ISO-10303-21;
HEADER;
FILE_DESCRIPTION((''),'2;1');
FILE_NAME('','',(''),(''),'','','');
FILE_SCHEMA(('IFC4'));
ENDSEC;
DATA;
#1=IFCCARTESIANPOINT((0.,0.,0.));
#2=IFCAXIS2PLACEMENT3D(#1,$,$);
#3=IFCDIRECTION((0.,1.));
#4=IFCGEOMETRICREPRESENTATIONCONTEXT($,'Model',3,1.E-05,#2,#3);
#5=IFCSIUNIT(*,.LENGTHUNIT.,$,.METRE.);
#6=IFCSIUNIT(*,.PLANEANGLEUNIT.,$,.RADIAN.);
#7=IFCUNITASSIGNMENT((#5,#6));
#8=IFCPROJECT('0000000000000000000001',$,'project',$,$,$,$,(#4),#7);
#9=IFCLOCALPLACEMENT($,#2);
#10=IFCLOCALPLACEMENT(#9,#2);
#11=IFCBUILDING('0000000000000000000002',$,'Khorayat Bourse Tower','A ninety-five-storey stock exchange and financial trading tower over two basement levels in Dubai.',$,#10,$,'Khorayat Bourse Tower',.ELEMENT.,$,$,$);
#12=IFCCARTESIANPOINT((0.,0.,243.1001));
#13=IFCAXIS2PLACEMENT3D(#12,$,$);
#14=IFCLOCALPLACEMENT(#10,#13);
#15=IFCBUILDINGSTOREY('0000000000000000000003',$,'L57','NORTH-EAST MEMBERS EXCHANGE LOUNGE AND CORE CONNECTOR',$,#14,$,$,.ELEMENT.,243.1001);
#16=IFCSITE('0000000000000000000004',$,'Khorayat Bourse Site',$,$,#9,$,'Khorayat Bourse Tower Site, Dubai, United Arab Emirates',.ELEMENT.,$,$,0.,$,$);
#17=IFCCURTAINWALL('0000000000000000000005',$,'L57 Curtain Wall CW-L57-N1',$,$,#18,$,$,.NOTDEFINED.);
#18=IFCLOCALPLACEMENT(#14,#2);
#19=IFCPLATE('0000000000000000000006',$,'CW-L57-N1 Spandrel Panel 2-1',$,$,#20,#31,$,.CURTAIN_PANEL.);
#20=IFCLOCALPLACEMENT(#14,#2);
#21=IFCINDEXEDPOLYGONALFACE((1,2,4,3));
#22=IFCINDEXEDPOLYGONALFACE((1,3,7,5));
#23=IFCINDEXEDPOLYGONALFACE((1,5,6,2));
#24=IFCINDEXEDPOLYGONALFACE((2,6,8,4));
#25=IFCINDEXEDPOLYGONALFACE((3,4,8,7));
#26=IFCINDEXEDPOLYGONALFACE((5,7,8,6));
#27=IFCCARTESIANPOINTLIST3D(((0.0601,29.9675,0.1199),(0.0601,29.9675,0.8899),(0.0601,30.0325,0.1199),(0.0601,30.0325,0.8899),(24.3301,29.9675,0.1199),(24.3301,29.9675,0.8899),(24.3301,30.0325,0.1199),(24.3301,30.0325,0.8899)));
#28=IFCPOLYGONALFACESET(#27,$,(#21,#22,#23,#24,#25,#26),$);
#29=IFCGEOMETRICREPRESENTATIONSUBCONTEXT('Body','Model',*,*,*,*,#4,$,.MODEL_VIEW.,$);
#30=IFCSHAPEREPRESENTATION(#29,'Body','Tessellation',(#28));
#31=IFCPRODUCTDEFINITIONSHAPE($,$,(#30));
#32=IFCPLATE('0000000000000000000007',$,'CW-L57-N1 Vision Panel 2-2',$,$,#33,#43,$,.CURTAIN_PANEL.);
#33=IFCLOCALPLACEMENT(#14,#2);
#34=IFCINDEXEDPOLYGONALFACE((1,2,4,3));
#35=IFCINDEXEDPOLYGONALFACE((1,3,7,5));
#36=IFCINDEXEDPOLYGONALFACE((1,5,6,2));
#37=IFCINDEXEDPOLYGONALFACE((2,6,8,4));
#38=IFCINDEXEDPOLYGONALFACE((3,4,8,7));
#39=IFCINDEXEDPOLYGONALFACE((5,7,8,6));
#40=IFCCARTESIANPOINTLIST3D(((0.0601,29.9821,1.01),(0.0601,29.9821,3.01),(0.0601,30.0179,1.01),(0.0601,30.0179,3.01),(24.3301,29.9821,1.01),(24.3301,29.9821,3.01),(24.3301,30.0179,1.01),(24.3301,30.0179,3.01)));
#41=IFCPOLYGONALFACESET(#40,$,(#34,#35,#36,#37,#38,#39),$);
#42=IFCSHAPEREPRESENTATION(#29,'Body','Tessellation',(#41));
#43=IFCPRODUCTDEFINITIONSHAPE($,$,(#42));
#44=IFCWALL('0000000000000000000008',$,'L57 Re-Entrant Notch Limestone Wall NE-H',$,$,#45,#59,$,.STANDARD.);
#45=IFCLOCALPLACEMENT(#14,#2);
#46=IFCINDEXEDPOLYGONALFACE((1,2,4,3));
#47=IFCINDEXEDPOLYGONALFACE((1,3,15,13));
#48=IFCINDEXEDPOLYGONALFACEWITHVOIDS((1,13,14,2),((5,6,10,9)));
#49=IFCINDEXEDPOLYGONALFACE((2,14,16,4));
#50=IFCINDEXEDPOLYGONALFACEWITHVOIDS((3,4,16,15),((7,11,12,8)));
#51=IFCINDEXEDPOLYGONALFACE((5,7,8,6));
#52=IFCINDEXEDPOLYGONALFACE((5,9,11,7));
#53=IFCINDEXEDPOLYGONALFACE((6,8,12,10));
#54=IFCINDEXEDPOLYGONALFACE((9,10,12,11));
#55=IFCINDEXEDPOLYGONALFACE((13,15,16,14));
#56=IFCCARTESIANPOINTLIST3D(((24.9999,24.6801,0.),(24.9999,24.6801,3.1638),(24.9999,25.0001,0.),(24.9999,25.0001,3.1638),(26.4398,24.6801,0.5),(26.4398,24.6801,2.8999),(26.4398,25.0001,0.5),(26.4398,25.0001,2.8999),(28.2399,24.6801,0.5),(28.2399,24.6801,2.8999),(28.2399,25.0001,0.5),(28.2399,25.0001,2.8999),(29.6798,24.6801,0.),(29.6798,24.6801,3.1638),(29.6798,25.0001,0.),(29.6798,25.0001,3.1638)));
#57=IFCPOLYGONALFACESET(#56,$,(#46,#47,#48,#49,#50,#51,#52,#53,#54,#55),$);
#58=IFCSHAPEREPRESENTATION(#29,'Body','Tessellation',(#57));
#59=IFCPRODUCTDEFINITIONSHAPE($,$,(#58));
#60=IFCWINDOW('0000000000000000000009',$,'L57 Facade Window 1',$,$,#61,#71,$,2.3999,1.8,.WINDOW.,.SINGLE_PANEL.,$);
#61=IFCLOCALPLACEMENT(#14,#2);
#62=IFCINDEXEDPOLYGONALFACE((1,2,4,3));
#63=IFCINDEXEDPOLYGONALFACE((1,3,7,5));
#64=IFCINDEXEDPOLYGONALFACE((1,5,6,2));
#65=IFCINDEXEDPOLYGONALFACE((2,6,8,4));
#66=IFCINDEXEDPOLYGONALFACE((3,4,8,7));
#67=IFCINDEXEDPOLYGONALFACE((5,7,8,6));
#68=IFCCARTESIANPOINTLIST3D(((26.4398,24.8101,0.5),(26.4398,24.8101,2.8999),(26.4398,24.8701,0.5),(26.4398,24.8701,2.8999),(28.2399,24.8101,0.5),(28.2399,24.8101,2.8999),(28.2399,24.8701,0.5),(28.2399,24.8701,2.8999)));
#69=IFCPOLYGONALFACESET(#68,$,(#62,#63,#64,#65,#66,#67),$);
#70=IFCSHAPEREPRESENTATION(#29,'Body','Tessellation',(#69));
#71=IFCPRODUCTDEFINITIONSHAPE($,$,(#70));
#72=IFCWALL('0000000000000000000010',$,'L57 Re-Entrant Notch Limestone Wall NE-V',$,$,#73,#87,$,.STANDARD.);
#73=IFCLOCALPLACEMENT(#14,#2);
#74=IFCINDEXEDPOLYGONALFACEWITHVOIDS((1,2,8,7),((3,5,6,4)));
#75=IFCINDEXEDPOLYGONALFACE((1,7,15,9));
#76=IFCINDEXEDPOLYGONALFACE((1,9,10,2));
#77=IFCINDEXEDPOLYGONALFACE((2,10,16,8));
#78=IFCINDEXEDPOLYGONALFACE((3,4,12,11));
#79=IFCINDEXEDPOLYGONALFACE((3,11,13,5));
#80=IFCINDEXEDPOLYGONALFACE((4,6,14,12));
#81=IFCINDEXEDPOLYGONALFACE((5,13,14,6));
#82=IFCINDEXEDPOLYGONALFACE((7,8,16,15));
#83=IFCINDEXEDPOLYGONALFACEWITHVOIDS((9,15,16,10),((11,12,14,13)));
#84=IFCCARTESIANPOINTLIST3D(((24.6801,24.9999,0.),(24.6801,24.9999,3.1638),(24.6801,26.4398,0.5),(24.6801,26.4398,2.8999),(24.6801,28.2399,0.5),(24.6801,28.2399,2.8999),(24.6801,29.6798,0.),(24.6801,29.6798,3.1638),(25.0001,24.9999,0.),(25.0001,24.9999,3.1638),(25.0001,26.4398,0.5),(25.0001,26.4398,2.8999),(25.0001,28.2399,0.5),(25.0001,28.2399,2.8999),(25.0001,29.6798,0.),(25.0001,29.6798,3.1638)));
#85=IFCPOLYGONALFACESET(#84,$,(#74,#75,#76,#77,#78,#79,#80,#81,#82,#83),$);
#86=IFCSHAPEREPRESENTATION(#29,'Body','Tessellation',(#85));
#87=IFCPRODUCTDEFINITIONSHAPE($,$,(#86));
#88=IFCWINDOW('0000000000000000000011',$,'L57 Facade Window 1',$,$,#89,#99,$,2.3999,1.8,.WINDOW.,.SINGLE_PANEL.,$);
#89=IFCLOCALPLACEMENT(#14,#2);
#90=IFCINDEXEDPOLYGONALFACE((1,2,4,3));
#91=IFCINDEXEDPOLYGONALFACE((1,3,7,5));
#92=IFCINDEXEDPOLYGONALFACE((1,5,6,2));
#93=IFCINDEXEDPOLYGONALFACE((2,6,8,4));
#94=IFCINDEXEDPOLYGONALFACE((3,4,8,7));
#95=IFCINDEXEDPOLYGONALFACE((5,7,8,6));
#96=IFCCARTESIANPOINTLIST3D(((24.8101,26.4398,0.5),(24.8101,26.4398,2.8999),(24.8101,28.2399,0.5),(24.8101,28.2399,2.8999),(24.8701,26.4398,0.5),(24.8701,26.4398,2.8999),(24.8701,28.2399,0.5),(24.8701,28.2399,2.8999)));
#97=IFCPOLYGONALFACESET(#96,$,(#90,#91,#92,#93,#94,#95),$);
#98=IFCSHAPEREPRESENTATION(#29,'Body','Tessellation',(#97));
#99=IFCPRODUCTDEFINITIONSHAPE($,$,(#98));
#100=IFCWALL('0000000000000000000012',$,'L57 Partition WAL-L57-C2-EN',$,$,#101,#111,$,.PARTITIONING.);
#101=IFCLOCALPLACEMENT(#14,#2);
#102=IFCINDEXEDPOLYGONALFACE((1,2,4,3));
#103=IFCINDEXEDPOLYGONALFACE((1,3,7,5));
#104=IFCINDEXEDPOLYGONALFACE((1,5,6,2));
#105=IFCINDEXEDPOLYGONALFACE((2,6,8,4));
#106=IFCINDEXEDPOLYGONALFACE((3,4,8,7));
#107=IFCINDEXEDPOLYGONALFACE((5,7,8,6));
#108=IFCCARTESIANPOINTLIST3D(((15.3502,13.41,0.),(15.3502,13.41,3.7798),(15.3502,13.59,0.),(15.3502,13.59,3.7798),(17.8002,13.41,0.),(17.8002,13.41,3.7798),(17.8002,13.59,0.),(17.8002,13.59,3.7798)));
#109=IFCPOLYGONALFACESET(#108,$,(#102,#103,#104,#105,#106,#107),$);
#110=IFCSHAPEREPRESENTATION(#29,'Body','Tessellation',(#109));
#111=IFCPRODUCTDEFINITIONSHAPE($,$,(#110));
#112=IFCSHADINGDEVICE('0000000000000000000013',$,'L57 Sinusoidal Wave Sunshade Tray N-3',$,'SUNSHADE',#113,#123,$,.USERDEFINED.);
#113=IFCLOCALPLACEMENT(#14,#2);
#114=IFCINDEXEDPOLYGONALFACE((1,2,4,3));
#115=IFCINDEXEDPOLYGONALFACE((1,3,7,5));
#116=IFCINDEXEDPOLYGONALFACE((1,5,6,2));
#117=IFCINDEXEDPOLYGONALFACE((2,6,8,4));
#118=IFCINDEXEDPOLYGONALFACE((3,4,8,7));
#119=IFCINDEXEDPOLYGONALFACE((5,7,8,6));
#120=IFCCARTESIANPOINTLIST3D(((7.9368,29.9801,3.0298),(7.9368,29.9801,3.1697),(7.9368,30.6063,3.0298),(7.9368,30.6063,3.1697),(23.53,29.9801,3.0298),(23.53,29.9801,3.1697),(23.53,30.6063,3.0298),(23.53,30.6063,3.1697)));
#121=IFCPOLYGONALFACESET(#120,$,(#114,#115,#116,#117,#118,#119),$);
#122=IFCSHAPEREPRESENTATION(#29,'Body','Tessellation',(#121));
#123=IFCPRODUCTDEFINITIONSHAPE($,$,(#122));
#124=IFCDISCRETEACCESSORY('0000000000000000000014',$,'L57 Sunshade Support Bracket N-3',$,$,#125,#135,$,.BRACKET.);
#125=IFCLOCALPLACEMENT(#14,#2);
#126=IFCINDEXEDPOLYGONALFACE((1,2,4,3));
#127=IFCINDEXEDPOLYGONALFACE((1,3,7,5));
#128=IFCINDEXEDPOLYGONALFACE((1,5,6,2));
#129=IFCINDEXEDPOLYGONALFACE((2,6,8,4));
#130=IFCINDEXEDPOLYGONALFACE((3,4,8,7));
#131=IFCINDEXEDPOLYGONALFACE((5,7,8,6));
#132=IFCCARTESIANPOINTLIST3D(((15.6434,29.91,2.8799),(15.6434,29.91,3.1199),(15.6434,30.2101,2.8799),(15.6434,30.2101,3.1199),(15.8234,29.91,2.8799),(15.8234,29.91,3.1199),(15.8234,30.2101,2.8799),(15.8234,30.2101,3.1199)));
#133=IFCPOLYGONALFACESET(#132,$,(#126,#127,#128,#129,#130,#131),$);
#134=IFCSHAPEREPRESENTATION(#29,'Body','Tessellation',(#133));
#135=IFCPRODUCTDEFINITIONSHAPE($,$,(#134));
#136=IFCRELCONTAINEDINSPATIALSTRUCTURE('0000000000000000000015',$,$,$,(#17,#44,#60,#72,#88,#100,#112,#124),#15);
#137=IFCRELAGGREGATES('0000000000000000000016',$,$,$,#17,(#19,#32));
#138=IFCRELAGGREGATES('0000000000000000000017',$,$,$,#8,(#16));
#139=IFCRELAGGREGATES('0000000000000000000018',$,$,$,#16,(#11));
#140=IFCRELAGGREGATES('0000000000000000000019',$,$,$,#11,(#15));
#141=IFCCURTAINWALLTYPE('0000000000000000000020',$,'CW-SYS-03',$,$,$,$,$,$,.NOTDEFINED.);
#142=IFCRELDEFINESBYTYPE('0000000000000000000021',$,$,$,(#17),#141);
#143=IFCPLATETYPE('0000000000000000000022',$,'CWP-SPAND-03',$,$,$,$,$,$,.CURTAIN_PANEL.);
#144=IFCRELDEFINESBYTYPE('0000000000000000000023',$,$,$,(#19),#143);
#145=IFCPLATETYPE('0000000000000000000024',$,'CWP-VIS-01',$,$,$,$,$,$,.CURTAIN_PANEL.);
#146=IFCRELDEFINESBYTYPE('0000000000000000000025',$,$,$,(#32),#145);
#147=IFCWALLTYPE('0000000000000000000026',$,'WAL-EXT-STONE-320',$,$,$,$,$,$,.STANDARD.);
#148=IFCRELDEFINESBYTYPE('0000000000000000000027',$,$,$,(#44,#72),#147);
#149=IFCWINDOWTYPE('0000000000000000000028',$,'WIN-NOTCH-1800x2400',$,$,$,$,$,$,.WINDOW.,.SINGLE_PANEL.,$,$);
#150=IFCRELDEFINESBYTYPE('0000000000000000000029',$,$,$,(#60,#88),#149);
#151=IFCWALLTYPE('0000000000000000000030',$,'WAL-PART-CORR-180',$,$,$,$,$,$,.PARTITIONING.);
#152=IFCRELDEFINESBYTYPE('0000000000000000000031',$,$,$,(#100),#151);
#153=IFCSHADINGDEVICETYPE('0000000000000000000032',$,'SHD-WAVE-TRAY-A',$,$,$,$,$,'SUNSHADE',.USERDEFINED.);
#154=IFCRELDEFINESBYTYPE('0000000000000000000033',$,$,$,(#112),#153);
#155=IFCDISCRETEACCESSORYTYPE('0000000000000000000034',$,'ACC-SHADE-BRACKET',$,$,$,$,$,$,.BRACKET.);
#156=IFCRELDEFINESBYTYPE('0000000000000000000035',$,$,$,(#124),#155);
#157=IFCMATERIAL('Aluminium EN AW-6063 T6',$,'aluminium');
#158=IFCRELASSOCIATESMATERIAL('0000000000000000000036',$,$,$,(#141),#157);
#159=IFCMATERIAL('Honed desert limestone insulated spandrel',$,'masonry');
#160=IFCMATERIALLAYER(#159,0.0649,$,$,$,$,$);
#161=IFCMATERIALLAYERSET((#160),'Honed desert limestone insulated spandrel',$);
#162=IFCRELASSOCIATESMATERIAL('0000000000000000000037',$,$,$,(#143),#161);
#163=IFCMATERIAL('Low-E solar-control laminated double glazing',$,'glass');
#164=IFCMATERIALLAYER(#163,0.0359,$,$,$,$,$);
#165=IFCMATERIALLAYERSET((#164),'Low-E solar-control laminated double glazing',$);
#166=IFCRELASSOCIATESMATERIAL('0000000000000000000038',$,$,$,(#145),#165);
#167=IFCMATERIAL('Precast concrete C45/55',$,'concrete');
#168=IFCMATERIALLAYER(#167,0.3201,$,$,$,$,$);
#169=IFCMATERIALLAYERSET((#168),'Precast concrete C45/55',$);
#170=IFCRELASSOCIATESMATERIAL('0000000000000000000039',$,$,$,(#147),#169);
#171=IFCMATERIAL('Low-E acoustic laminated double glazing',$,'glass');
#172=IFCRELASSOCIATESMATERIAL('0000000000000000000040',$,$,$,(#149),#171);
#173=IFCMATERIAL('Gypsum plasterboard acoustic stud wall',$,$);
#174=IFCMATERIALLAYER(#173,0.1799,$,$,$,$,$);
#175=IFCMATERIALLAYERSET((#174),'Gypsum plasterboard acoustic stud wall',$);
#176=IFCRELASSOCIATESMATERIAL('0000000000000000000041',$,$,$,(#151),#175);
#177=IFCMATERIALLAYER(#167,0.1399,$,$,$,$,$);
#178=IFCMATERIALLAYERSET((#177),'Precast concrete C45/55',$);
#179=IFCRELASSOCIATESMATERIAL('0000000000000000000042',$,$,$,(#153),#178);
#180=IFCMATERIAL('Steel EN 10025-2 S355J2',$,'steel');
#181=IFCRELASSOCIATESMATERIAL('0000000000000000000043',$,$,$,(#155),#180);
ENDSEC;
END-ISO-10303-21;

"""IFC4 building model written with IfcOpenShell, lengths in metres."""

from ifc_helpers import new_model, si_unit, direction, frame, frame_2d, origin, origin_2d, place, context, subcontext, project, spatial, rectangle, extrude, source, transform, mapped, material, layer, layer_set, type_object, element, fill, aggregate, save


model = new_model("IFC4")

# Units and contexts
model_context = context("Model", 3, precision=1e-05, world=origin(), true_north=direction((0.0, 1.0)))
body_context = subcontext(model_context, "Body", "Model", "MODEL_VIEW")
ifc_project = project(units=[si_unit("LENGTHUNIT", "METRE"), si_unit("PLANEANGLEUNIT", "RADIAN")], contexts=[model_context])

# Site, building, storey
site_placement = place(None, origin())
site = spatial("IfcSite", under=ifc_project, at=site_placement, Name="Khorayat Bourse Site", LongName="Khorayat Bourse Tower Site, Dubai, United Arab Emirates", CompositionType="ELEMENT", RefElevation=0.0)
building_placement = place(site_placement, origin())
building = spatial("IfcBuilding", under=site, at=building_placement, Name="Khorayat Bourse Tower", Description="A ninety-five-storey stock exchange and financial trading tower over two basement levels in Dubai.", LongName="Khorayat Bourse Tower", CompositionType="ELEMENT")
storey_placement = place(building_placement, frame((0.0, 0.0, 243.1001)))
storey = spatial("IfcBuildingStorey", under=building, at=storey_placement, Name="L57", Description="NORTH-EAST MEMBERS EXCHANGE LOUNGE AND CORE CONNECTOR", CompositionType="ELEMENT", Elevation=243.1001)

# Curtain wall
ifc_material_1 = material(Name="Aluminium EN AW-6063 T6", Category="aluminium")
curtain_wall_type = type_object("IfcCurtainWallType", Name="CW-SYS-03", PredefinedType="NOTDEFINED", material=ifc_material_1)
curtain_wall_1_placement = place(storey_placement, origin())
curtain_wall_1 = element("IfcCurtainWall", 1, at=curtain_wall_1_placement, inside=storey, type_object=curtain_wall_type, Name="L57 Curtain Wall CW-L57-N1", PredefinedType="NOTDEFINED")

# Plates
ifc_material_2 = material(Name="Steel EN 10025-2 S355J2", Category="steel")
ifc_material_3 = material(Name="Honed desert limestone insulated spandrel", Category="masonry")
ifc_layer_1 = layer(ifc_material_3, 0.0649)
ifc_layer_set_1 = layer_set([ifc_layer_1], Name="Honed desert limestone insulated spandrel")
plate_type_1 = type_object("IfcPlateType", Name="CWP-SPAND-03", PredefinedType="CURTAIN_PANEL", material=ifc_layer_set_1)
shared_shape_1 = source(origin(), body_context, "Body", "SweptSolid", [
    extrude(rectangle(XDim=24.27, YDim=0.0649, at=origin_2d()), origin(), (0.0, 0.0, 1.0), 0.77),
])
plate_1_placement = place(storey_placement, frame((12.1951, 30.0, 0.1199), z_axis=(0.0, 0.0, 1.0), x_axis=(1.0, 0.0, 0.0)))
plate_1 = element("IfcPlate", 2, at=plate_1_placement, type_object=plate_type_1, Name="CW-L57-N1 Spandrel Panel 2-1", PredefinedType="CURTAIN_PANEL", context=body_context, shape_type="MappedRepresentation", body=[
    mapped(shared_shape_1, transform((0.0, 0.0, 0.0), scale=1.0)),
])
ifc_material_4 = material(Name="Low-E solar-control laminated double glazing", Category="glass")
ifc_layer_2 = layer(ifc_material_4, 0.0359)
ifc_layer_set_2 = layer_set([ifc_layer_2], Name="Low-E solar-control laminated double glazing")
plate_type_2 = type_object("IfcPlateType", Name="CWP-VIS-01", PredefinedType="CURTAIN_PANEL", material=ifc_layer_set_2)
shared_shape_2 = source(origin(), body_context, "Body", "SweptSolid", [
    extrude(rectangle(XDim=24.27, YDim=0.0359, at=origin_2d()), origin(), (0.0, 0.0, 1.0), 2.0),
])
plate_2_placement = place(storey_placement, frame((12.1951, 30.0, 1.01), z_axis=(0.0, 0.0, 1.0), x_axis=(1.0, 0.0, 0.0)))
plate_2 = element("IfcPlate", 3, at=plate_2_placement, type_object=plate_type_2, Name="CW-L57-N1 Vision Panel 2-2", PredefinedType="CURTAIN_PANEL", context=body_context, shape_type="MappedRepresentation", body=[
    mapped(shared_shape_2, transform((0.0, 0.0, 0.0), scale=1.0)),
])
aggregate(curtain_wall_1, [plate_1, plate_2])

# Walls, openings, windows
ifc_material_5 = material(Name="Precast concrete C45/55", Category="concrete")
ifc_layer_3 = layer(ifc_material_5, 0.3201)
ifc_layer_set_3 = layer_set([ifc_layer_3], Name="Precast concrete C45/55")
wall_type_1 = type_object("IfcWallType", Name="WAL-EXT-STONE-320", PredefinedType="STANDARD", material=ifc_layer_set_3)
shared_shape_3 = source(origin(), body_context, "Body", "SweptSolid", [
    extrude(rectangle(XDim=4.6799, YDim=0.3201, at=frame_2d((2.3398, 0.0))), origin(), (0.0, 0.0, 1.0), 3.1638),
])
wall_1_placement = place(storey_placement, frame((25.0, 24.8401, 0.0), z_axis=(0.0, 0.0, 1.0), x_axis=(1.0, 0.0, 0.0)))
wall_1 = element("IfcWall", 4, at=wall_1_placement, inside=storey, type_object=wall_type_1, Name="L57 Re-Entrant Notch Limestone Wall NE-H", PredefinedType="STANDARD", context=body_context, shape_type="MappedRepresentation", body=[
    mapped(shared_shape_3, transform((0.0, 0.0, 0.0), scale=1.0)),
])
shared_shape_4 = source(origin(), body_context, "Body", "SweptSolid", [
    extrude(rectangle(XDim=1.8, YDim=2.3999, at=frame_2d((0.8999, 1.2))), frame((0.0, 0.1699, 0.0), z_axis=(0.0, -1.0, 0.0), x_axis=(1.0, 0.0, 0.0)), (0.0, 0.0, 1.0), 0.3401),
])
opening_1_placement = place(wall_1_placement, frame((1.4399, 0.0, 0.5)))
opening_1 = element("IfcOpeningElement", 5, at=opening_1_placement, cuts=wall_1, PredefinedType="OPENING", context=body_context, shape_type="MappedRepresentation", body=[
    mapped(shared_shape_4, transform((0.0, 0.0, 0.0), scale=1.0)),
])
ifc_material_6 = material(Name="Low-E acoustic laminated double glazing", Category="glass")
window_type = type_object("IfcWindowType", Name="WIN-NOTCH-1800x2400", PartitioningType="SINGLE_PANEL", PredefinedType="WINDOW", material=ifc_material_6)
shared_shape_5 = source(origin(), body_context, "Body", "SweptSolid", [
    extrude(rectangle(XDim=1.8, YDim=2.3999, at=frame_2d((0.8999, 1.2))), frame((0.0, 0.03, 0.0), z_axis=(0.0, -1.0, 0.0), x_axis=(1.0, 0.0, 0.0)), (0.0, 0.0, 1.0), 0.0601),
])
window_1_placement = place(opening_1_placement, origin())
window_1 = element("IfcWindow", 6, at=window_1_placement, inside=storey, type_object=window_type, Name="L57 Facade Window 1", OverallHeight=2.3999, OverallWidth=1.8, PartitioningType="SINGLE_PANEL", PredefinedType="WINDOW", context=body_context, shape_type="MappedRepresentation", body=[
    mapped(shared_shape_5, transform((0.0, 0.0, 0.0), scale=1.0)),
])
fill(opening_1, window_1)
wall_2_placement = place(storey_placement, frame((24.8401, 25.0, 0.0), z_axis=(0.0, 0.0, 1.0), x_axis=(0.0, 1.0, 0.0)))
wall_2 = element("IfcWall", 7, at=wall_2_placement, inside=storey, type_object=wall_type_1, Name="L57 Re-Entrant Notch Limestone Wall NE-V", PredefinedType="STANDARD", context=body_context, shape_type="MappedRepresentation", body=[
    mapped(shared_shape_3, transform((0.0, 0.0, 0.0), scale=1.0)),
])
opening_2_placement = place(wall_2_placement, frame((1.4399, 0.0, 0.5)))
opening_2 = element("IfcOpeningElement", 8, at=opening_2_placement, cuts=wall_2, PredefinedType="OPENING", context=body_context, shape_type="MappedRepresentation", body=[
    mapped(shared_shape_4, transform((0.0, 0.0, 0.0), scale=1.0)),
])
window_2_placement = place(opening_2_placement, origin())
window_2 = element("IfcWindow", 9, at=window_2_placement, inside=storey, type_object=window_type, Name="L57 Facade Window 1", OverallHeight=2.3999, OverallWidth=1.8, PartitioningType="SINGLE_PANEL", PredefinedType="WINDOW", context=body_context, shape_type="MappedRepresentation", body=[
    mapped(shared_shape_5, transform((0.0, 0.0, 0.0), scale=1.0)),
])
fill(opening_2, window_2)

# Wall
ifc_material_7 = material(Name="Gypsum plasterboard acoustic stud wall")
ifc_layer_4 = layer(ifc_material_7, 0.1799)
ifc_layer_set_4 = layer_set([ifc_layer_4], Name="Gypsum plasterboard acoustic stud wall")
wall_type_2 = type_object("IfcWallType", Name="WAL-PART-CORR-180", PredefinedType="PARTITIONING", material=ifc_layer_set_4)
shared_shape_6 = source(origin(), body_context, "Body", "SweptSolid", [
    extrude(rectangle(XDim=2.45, YDim=0.1799, at=frame_2d((1.2251, 0.0))), origin(), (0.0, 0.0, 1.0), 3.7798),
])
wall_3_placement = place(storey_placement, frame((15.3501, 13.5, 0.0), z_axis=(0.0, 0.0, 1.0), x_axis=(1.0, 0.0, 0.0)))
element("IfcWall", 10, at=wall_3_placement, inside=storey, type_object=wall_type_2, Name="L57 Partition WAL-L57-C2-EN", PredefinedType="PARTITIONING", context=body_context, shape_type="MappedRepresentation", body=[
    mapped(shared_shape_6, transform((0.0, 0.0, 0.0), scale=1.0)),
])

# Shading device
ifc_layer_5 = layer(ifc_material_5, 0.1399)
ifc_layer_set_5 = layer_set([ifc_layer_5], Name="Precast concrete C45/55")
shading_device_type = type_object("IfcShadingDeviceType", Name="SHD-WAVE-TRAY-A", ElementType="SUNSHADE", PredefinedType="USERDEFINED", material=ifc_layer_set_5)
shared_shape_7 = source(origin(), body_context, "Body", "SweptSolid", [
    extrude(rectangle(XDim=15.5933, YDim=0.6262, at=origin_2d()), origin(), (0.0, 0.0, 1.0), 0.1399),
])
shading_device_placement = place(storey_placement, frame((15.7334, 30.2932, 3.0298), z_axis=(0.0, 0.0, 1.0), x_axis=(1.0, 0.0, 0.0)))
element("IfcShadingDevice", 11, at=shading_device_placement, inside=storey, type_object=shading_device_type, Name="L57 Sinusoidal Wave Sunshade Tray N-3", ObjectType="SUNSHADE", PredefinedType="USERDEFINED", context=body_context, shape_type="MappedRepresentation", body=[
    mapped(shared_shape_7, transform((0.0, 0.0, 0.0), scale=1.0)),
])

# Discrete accessory
discrete_accessory_type = type_object("IfcDiscreteAccessoryType", Name="ACC-SHADE-BRACKET", PredefinedType="BRACKET", material=ifc_material_2)
shared_shape_8 = source(origin(), body_context, "Body", "SweptSolid", [
    extrude(rectangle(XDim=0.1799, YDim=0.3, at=origin_2d()), origin(), (0.0, 0.0, 1.0), 0.24),
])
discrete_accessory_placement = place(storey_placement, frame((15.7334, 30.0601, 2.8799), z_axis=(0.0, 0.0, 1.0), x_axis=(1.0, 0.0, 0.0)))
element("IfcDiscreteAccessory", 12, at=discrete_accessory_placement, inside=storey, type_object=discrete_accessory_type, Name="L57 Sunshade Support Bracket N-3", PredefinedType="BRACKET", context=body_context, shape_type="MappedRepresentation", body=[
    mapped(shared_shape_8, transform((0.0, 0.0, 0.0), scale=1.0)),
])

save(model, "model.ifc")
